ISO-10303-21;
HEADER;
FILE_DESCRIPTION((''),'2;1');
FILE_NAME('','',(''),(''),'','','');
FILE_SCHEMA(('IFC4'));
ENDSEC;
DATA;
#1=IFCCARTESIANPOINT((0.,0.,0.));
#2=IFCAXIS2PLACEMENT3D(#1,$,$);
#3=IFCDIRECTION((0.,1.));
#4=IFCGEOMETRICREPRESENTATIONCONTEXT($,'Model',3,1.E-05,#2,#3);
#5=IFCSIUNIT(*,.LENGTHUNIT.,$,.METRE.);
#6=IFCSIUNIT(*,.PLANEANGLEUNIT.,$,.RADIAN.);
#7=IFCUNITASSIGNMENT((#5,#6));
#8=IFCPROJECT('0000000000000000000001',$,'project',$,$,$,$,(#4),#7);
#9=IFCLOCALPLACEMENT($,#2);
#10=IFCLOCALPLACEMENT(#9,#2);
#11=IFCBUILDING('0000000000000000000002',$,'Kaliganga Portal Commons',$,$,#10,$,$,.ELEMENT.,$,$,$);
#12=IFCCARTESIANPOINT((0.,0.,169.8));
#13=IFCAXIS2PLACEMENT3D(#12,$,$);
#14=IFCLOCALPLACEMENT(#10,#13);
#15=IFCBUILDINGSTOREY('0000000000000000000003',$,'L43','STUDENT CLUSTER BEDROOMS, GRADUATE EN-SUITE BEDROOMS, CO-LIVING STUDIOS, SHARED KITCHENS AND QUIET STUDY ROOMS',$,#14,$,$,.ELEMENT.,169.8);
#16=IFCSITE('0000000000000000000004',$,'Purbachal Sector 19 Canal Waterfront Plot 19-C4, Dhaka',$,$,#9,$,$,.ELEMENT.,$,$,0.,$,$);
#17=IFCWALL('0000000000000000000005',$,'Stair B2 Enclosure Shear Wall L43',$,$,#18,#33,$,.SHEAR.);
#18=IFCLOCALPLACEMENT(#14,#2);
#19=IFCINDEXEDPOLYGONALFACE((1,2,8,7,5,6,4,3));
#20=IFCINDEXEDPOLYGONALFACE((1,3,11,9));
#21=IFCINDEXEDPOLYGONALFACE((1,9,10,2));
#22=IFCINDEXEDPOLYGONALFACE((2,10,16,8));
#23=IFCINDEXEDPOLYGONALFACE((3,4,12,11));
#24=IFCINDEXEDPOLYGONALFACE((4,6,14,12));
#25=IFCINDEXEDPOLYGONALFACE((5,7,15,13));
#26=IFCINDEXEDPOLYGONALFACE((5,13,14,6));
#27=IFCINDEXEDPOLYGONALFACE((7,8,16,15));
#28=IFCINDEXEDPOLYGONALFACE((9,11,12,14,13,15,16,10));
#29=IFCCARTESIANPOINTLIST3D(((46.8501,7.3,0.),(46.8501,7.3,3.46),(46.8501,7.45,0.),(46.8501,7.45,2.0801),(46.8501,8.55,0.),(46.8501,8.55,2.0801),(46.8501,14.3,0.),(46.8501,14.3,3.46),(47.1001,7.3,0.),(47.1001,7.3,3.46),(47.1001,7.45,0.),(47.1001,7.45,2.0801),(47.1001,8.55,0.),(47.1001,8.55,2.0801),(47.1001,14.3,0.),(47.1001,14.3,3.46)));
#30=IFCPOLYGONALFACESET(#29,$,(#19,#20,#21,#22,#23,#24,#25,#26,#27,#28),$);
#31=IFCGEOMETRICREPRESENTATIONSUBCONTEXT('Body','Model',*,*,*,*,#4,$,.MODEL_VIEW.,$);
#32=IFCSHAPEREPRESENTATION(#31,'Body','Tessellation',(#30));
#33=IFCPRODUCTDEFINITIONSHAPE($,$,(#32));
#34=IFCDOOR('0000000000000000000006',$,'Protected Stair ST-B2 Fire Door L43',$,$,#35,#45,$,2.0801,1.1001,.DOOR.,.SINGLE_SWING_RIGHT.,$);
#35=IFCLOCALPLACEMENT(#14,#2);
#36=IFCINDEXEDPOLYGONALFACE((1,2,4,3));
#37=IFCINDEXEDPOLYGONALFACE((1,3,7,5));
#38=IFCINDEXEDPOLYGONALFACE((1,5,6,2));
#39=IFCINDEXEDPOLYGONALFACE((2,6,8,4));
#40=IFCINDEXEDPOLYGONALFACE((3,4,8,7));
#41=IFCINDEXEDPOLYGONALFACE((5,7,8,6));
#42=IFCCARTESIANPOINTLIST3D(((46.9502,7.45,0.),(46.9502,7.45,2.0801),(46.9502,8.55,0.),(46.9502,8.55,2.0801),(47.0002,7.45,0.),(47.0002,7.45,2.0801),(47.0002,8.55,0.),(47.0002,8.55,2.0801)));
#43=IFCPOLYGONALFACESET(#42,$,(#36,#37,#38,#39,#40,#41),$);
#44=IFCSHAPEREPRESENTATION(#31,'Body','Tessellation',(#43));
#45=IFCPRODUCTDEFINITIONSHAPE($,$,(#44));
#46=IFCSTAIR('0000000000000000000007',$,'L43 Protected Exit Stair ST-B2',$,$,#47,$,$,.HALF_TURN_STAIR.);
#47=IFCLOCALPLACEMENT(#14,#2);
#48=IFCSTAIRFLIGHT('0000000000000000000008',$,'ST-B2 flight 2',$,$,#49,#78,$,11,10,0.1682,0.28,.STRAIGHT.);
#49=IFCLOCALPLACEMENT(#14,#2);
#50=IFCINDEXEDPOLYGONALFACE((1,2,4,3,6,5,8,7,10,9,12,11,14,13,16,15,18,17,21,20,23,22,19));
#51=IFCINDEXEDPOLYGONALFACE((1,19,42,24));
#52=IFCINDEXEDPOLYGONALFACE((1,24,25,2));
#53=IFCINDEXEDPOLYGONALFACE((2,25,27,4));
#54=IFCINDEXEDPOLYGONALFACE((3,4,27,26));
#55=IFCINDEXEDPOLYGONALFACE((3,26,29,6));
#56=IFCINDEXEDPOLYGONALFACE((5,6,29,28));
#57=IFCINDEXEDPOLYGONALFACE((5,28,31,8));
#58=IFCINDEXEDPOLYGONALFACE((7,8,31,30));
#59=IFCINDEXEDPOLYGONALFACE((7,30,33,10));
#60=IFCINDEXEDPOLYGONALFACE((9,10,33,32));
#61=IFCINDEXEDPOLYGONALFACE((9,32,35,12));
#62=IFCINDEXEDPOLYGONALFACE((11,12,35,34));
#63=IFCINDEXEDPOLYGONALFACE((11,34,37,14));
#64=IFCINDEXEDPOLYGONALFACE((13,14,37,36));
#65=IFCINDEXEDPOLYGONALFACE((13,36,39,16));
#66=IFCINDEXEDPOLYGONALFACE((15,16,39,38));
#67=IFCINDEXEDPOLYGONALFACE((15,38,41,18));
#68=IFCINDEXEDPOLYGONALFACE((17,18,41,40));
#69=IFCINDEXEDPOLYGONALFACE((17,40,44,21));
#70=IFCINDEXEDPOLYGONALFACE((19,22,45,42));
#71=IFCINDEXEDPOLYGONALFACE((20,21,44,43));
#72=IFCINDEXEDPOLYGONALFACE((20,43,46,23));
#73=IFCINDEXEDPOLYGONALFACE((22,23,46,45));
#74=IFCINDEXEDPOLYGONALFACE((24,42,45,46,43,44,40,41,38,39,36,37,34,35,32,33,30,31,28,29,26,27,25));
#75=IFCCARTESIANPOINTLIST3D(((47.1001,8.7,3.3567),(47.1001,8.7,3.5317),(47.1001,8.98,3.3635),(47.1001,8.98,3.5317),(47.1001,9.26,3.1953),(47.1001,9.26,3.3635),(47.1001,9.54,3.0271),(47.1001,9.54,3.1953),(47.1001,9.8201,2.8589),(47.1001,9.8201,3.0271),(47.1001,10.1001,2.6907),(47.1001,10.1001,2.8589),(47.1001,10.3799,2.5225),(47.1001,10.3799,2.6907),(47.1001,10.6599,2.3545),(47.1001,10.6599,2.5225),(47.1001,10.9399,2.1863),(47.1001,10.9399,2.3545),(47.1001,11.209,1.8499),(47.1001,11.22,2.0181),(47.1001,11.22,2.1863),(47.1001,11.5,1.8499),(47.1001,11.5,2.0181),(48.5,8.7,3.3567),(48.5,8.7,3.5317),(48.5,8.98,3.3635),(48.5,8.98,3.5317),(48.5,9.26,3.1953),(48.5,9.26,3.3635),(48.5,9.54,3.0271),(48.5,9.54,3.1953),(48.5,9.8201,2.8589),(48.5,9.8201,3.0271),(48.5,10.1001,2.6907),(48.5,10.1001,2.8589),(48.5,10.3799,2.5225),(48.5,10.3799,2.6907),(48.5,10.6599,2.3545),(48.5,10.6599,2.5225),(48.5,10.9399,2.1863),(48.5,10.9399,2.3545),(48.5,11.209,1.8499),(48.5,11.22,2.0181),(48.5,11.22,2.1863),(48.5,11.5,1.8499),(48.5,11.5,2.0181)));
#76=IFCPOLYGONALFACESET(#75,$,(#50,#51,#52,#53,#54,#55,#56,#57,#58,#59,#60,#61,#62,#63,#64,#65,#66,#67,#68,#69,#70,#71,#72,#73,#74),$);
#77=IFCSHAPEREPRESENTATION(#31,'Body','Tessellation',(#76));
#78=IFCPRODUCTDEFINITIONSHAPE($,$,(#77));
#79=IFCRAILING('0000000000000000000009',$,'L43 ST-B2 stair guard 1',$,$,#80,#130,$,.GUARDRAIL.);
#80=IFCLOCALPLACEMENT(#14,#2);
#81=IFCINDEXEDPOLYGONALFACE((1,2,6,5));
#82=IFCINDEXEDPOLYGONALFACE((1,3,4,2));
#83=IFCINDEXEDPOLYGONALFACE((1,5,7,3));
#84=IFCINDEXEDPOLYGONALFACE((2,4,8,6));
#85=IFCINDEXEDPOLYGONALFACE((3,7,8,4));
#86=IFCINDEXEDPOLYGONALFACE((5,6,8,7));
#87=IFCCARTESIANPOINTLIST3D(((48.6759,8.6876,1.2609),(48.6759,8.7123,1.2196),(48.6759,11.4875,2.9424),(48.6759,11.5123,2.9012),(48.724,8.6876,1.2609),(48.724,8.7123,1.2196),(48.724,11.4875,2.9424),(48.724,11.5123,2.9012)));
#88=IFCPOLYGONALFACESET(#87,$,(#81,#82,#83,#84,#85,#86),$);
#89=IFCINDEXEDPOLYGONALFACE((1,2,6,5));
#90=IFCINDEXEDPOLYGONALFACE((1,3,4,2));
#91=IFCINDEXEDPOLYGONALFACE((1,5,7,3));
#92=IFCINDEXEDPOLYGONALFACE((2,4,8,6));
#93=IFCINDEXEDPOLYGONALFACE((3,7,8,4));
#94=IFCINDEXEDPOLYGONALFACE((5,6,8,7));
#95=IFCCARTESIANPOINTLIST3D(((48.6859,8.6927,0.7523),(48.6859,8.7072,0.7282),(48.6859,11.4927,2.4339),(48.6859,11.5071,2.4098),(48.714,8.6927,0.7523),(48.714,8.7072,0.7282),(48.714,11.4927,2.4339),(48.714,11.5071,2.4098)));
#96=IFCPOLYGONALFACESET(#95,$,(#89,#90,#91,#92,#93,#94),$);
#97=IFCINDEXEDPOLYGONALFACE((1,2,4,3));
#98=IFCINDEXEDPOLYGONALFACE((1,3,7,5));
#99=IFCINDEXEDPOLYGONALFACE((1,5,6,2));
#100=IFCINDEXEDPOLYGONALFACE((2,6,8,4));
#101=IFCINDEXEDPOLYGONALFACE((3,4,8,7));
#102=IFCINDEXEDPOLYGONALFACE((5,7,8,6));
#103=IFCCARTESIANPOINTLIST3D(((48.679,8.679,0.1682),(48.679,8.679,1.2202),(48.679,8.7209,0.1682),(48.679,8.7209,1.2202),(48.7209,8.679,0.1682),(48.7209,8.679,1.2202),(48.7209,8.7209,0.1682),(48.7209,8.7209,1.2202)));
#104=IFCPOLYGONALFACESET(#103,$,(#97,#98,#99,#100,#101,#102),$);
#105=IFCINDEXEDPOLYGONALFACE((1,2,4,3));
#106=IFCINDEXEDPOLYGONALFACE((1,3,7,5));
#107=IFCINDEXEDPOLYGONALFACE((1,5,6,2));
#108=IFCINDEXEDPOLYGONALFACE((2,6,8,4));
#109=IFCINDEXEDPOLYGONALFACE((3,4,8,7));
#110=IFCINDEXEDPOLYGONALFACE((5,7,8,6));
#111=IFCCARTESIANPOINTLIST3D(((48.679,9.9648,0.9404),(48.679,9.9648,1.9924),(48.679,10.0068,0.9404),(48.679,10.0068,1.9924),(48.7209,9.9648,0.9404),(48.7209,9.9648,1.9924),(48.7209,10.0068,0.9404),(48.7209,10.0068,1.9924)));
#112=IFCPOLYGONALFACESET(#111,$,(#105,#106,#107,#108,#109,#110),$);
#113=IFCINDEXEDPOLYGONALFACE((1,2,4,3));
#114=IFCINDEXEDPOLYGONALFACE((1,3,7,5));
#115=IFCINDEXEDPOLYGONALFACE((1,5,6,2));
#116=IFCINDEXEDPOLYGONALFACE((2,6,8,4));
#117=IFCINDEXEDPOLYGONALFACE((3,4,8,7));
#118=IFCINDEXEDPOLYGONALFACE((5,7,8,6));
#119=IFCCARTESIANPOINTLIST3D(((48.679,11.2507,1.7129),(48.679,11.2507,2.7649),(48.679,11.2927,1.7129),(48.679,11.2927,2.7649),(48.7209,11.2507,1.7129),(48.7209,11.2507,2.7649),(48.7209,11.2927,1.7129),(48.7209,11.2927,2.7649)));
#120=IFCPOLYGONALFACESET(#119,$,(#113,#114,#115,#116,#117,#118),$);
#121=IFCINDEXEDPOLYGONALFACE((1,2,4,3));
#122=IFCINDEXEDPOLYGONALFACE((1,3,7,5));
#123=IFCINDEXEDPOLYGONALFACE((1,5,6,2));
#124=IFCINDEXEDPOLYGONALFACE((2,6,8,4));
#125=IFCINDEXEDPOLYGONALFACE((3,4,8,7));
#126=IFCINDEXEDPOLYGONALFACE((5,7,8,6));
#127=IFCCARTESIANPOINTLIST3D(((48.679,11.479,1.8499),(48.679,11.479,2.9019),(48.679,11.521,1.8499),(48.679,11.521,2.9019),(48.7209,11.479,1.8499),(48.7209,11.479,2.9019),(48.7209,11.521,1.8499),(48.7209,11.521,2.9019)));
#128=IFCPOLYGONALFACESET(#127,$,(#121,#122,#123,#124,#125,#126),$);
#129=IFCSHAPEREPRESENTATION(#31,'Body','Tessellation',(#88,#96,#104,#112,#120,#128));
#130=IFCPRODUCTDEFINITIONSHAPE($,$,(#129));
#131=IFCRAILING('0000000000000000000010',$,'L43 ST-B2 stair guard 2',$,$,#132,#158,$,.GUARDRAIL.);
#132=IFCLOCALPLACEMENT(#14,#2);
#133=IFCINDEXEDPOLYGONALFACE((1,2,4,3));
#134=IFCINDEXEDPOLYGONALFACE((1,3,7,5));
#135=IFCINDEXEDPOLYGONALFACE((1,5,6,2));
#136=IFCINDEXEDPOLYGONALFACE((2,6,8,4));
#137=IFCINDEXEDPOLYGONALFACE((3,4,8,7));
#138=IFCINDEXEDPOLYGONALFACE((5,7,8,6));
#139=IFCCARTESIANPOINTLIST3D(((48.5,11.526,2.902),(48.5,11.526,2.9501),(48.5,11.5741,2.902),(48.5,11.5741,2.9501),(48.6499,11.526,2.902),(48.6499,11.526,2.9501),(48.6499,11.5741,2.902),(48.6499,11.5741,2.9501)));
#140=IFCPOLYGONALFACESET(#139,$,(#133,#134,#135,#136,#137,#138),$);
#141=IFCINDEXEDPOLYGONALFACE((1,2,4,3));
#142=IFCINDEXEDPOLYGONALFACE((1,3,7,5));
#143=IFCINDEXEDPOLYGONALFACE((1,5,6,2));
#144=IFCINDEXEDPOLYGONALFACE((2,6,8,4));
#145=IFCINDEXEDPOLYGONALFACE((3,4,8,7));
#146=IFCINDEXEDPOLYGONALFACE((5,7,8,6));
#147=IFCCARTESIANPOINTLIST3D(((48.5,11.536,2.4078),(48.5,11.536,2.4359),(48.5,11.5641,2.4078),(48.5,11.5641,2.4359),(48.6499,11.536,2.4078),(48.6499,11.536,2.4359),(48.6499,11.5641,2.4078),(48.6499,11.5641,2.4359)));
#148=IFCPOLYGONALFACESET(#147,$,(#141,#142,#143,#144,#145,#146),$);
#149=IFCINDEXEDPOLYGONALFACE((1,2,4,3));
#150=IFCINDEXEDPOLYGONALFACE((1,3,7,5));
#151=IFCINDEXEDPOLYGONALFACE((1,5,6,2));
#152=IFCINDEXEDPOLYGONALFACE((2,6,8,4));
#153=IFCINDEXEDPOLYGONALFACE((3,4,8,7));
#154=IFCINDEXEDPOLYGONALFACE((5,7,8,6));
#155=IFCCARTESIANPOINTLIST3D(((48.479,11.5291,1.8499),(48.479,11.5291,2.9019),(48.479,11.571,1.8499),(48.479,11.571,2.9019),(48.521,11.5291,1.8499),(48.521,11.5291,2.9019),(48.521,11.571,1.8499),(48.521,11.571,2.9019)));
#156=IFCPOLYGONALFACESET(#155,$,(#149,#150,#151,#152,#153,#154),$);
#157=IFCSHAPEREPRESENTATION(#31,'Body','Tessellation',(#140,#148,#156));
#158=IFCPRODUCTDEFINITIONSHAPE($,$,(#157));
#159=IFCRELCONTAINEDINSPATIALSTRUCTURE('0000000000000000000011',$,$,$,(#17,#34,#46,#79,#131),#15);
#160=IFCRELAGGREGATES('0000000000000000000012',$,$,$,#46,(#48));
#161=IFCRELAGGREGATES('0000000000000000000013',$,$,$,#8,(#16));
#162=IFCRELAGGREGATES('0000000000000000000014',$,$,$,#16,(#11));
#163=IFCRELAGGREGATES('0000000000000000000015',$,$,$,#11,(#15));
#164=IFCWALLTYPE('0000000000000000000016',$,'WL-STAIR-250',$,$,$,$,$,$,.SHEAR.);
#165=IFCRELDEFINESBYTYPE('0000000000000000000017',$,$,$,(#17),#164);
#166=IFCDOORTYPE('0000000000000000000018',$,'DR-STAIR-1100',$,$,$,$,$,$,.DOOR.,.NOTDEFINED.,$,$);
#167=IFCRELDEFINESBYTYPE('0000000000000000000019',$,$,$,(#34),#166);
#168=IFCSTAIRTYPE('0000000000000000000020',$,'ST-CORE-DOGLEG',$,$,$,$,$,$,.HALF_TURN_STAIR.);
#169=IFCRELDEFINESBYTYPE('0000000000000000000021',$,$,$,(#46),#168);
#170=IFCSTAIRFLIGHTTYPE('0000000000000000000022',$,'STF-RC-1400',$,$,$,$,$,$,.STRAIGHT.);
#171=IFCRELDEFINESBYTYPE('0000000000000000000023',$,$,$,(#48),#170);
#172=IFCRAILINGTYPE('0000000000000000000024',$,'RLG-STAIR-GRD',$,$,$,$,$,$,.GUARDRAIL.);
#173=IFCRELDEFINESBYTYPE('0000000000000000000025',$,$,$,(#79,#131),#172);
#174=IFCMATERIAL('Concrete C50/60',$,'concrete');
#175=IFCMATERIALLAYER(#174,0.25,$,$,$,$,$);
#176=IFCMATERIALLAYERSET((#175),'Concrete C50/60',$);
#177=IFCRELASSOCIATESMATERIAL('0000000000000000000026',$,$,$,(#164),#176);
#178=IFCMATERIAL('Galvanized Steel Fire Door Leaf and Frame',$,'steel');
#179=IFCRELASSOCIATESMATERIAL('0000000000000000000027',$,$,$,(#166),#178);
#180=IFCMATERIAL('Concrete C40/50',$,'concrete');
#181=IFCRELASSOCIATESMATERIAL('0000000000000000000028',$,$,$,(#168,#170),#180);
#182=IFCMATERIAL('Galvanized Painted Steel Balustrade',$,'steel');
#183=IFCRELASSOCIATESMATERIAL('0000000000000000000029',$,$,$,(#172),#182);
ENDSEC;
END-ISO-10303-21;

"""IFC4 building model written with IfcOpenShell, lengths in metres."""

from ifc_helpers import new_model, si_unit, direction, frame, frame_2d, origin, origin_2d, place, context, subcontext, project, spatial, polyline, rectangle, outline, extrude, material, layer, layer_set, type_object, element, fill, aggregate, save


model = new_model("IFC4")

# Units and contexts
model_context = context("Model", 3, precision=1e-05, world=origin(), true_north=direction((0.0, 1.0)))
body_context = subcontext(model_context, "Body", "Model", "MODEL_VIEW")
ifc_project = project(units=[si_unit("LENGTHUNIT", "METRE"), si_unit("PLANEANGLEUNIT", "RADIAN")], contexts=[model_context])

# Site, building, storey
site_placement = place(None, origin())
site = spatial("IfcSite", under=ifc_project, at=site_placement, Name="Purbachal Sector 19 Canal Waterfront Plot 19-C4, Dhaka", CompositionType="ELEMENT", RefElevation=0.0)
building_placement = place(site_placement, origin())
building = spatial("IfcBuilding", under=site, at=building_placement, Name="Kaliganga Portal Commons", CompositionType="ELEMENT")
storey_placement = place(building_placement, frame((0.0, 0.0, 169.8)))
storey = spatial("IfcBuildingStorey", under=building, at=storey_placement, Name="L43", Description="STUDENT CLUSTER BEDROOMS, GRADUATE EN-SUITE BEDROOMS, CO-LIVING STUDIOS, SHARED KITCHENS AND QUIET STUDY ROOMS", CompositionType="ELEMENT", Elevation=169.8)

# Wall, opening, door
ifc_material_1 = material(Name="Concrete C50/60", Category="concrete")
ifc_layer_1 = layer(ifc_material_1, 0.25)
ifc_layer_set_1 = layer_set([ifc_layer_1], Name="Concrete C50/60")
wall_type_1 = type_object("IfcWallType", Name="WL-STAIR-250", PredefinedType="SHEAR", material=ifc_layer_set_1)
wall_1_placement = place(storey_placement, frame((46.9751, 7.3, 0.0), z_axis=(0.0, 0.0, 1.0), x_axis=(0.0, 1.0, 0.0)))
wall_1 = element("IfcWall", 1, at=wall_1_placement, inside=storey, type_object=wall_type_1, Name="Stair B2 Enclosure Shear Wall L43", PredefinedType="SHEAR", context=body_context, shape_type="SweptSolid", body=[
    extrude(rectangle(XDim=7.0, YDim=0.25, at=frame_2d((3.5, 0.0))), origin(), (0.0, 0.0, 1.0), 3.46),
])
opening_1_placement = place(wall_1_placement, frame((0.1499, 0.0, 0.0)))
opening_1 = element("IfcOpeningElement", 2, at=opening_1_placement, cuts=wall_1, PredefinedType="OPENING", context=body_context, shape_type="SweptSolid", body=[
    extrude(rectangle(XDim=1.1001, YDim=2.0801, at=frame_2d((0.55, 1.04))), frame((0.0, 0.135, 0.0), z_axis=(0.0, -1.0, 0.0), x_axis=(1.0, 0.0, 0.0)), (0.0, 0.0, 1.0), 0.27),
])
ifc_material_2 = material(Name="Galvanized Steel Fire Door Leaf and Frame", Category="steel")
door_type = type_object("IfcDoorType", Name="DR-STAIR-1100", OperationType="NOTDEFINED", PredefinedType="DOOR", material=ifc_material_2)
door_placement = place(opening_1_placement, origin())
door = element("IfcDoor", 3, at=door_placement, inside=storey, type_object=door_type, Name="Protected Stair ST-B2 Fire Door L43", OperationType="SINGLE_SWING_RIGHT", OverallHeight=2.0801, OverallWidth=1.1001, PredefinedType="DOOR", context=body_context, shape_type="SweptSolid", body=[
    extrude(rectangle(XDim=1.1001, YDim=2.0801, at=frame_2d((0.55, 1.04))), frame((0.0, 0.0249, 0.0), z_axis=(0.0, -1.0, 0.0), x_axis=(1.0, 0.0, 0.0)), (0.0, 0.0, 1.0), 0.05),
])
fill(opening_1, door)

# Stair, stair flight
ifc_material_3 = material(Name="Concrete C40/50", Category="concrete")
stair_type = type_object("IfcStairType", Name="ST-CORE-DOGLEG", PredefinedType="HALF_TURN_STAIR", material=ifc_material_3)
stair_placement = place(storey_placement, origin())
stair = element("IfcStair", 4, at=stair_placement, inside=storey, type_object=stair_type, Name="L43 Protected Exit Stair ST-B2", PredefinedType="HALF_TURN_STAIR")
stair_flight_type = type_object("IfcStairFlightType", Name="STF-RC-1400", PredefinedType="STRAIGHT", material=ifc_material_3)
stair_flight_placement = place(storey_placement, frame((47.8, 11.5, 1.8499), z_axis=(0.0, 0.0, 1.0), x_axis=(0.0, -1.0, 0.0)))
stair_flight = element("IfcStairFlight", 5, at=stair_flight_placement, type_object=stair_flight_type, Name="ST-B2 flight 2", NumberOfRisers=11, NumberOfTreads=10, PredefinedType="STRAIGHT", RiserHeight=0.1682, TreadLength=0.28, context=body_context, shape_type="SweptSolid", body=[
    extrude(outline(polyline([(0.0, 0.0), (0.0, 0.1682), (0.28, 0.1682), (0.28, 0.3364), (0.5601, 0.3364), (0.5601, 0.5046), (0.8401, 0.5046), (0.8401, 0.6726), (1.1201, 0.6726), (1.1201, 0.8408), (1.3999, 0.8408), (1.3999, 1.009), (1.6799, 1.009), (1.6799, 1.1772), (1.96, 1.1772), (1.96, 1.3455), (2.24, 1.3455), (2.24, 1.5137), (2.52, 1.5137), (2.52, 1.6819), (2.8, 1.6819), (2.8, 1.8501), (2.8, 1.5068), (0.291, 0.0), (0.0, 0.0)])), frame((0.0, 0.7, 0.0), z_axis=(0.0, -1.0, 0.0), x_axis=(1.0, 0.0, 0.0)), (0.0, 0.0, 1.0), 1.3999),
])
aggregate(stair, [stair_flight])

# Railings
ifc_material_4 = material(Name="Galvanized Painted Steel Balustrade", Category="steel")
railing_type_1 = type_object("IfcRailingType", Name="RLG-STAIR-GRD", PredefinedType="GUARDRAIL", material=ifc_material_4)
railing_1_placement = place(storey_placement, frame((48.7, 8.7, 0.1682)))
element("IfcRailing", 6, at=railing_1_placement, inside=storey, type_object=railing_type_1, Name="L43 ST-B2 stair guard 1", PredefinedType="GUARDRAIL", context=body_context, shape_type="SweptSolid", body=[
    extrude(rectangle(XDim=0.0481, YDim=0.0481, at=origin_2d()), frame((0.0, 0.0, 1.072), z_axis=(0.0, 0.857275, 0.514858), x_axis=(-1.0, 0.0, 0.0)), (0.0, 0.0, 1.0), 3.2661),
    extrude(rectangle(XDim=0.0281, YDim=0.0281, at=origin_2d()), frame((0.0, 0.0, 0.572), z_axis=(0.0, 0.857275, 0.514858), x_axis=(-1.0, 0.0, 0.0)), (0.0, 0.0, 1.0), 3.2661),
    extrude(rectangle(XDim=0.042, YDim=0.042, at=origin_2d()), origin(), (0.0, 0.0, 1.0), 1.052),
    extrude(rectangle(XDim=0.042, YDim=0.042, at=origin_2d()), frame((0.0, 1.2859, 0.7722)), (0.0, 0.0, 1.0), 1.052),
    extrude(rectangle(XDim=0.042, YDim=0.042, at=origin_2d()), frame((0.0, 2.5718, 1.5447)), (0.0, 0.0, 1.0), 1.052),
    extrude(rectangle(XDim=0.042, YDim=0.042, at=origin_2d()), frame((0.0, 2.8, 1.6816)), (0.0, 0.0, 1.0), 1.052),
])
railing_2_placement = place(storey_placement, frame((48.6499, 11.55, 1.8499)))
element("IfcRailing", 7, at=railing_2_placement, inside=storey, type_object=railing_type_1, Name="L43 ST-B2 stair guard 2", PredefinedType="GUARDRAIL", context=body_context, shape_type="SweptSolid", body=[
    extrude(rectangle(XDim=0.0481, YDim=0.0481, at=origin_2d()), frame((0.0, 0.0, 1.0762), z_axis=(-1.0, 0.0, 0.0), x_axis=(0.0, -1.0, 0.0)), (0.0, 0.0, 1.0), 0.1499),
    extrude(rectangle(XDim=0.0281, YDim=0.0281, at=origin_2d()), frame((0.0, 0.0, 0.572), z_axis=(-1.0, 0.0, 0.0), x_axis=(0.0, -1.0, 0.0)), (0.0, 0.0, 1.0), 0.1499),
    extrude(rectangle(XDim=0.042, YDim=0.042, at=origin_2d()), frame((-0.1499, 0.0, 0.0)), (0.0, 0.0, 1.0), 1.052),
])

save(model, "model.ifc")
